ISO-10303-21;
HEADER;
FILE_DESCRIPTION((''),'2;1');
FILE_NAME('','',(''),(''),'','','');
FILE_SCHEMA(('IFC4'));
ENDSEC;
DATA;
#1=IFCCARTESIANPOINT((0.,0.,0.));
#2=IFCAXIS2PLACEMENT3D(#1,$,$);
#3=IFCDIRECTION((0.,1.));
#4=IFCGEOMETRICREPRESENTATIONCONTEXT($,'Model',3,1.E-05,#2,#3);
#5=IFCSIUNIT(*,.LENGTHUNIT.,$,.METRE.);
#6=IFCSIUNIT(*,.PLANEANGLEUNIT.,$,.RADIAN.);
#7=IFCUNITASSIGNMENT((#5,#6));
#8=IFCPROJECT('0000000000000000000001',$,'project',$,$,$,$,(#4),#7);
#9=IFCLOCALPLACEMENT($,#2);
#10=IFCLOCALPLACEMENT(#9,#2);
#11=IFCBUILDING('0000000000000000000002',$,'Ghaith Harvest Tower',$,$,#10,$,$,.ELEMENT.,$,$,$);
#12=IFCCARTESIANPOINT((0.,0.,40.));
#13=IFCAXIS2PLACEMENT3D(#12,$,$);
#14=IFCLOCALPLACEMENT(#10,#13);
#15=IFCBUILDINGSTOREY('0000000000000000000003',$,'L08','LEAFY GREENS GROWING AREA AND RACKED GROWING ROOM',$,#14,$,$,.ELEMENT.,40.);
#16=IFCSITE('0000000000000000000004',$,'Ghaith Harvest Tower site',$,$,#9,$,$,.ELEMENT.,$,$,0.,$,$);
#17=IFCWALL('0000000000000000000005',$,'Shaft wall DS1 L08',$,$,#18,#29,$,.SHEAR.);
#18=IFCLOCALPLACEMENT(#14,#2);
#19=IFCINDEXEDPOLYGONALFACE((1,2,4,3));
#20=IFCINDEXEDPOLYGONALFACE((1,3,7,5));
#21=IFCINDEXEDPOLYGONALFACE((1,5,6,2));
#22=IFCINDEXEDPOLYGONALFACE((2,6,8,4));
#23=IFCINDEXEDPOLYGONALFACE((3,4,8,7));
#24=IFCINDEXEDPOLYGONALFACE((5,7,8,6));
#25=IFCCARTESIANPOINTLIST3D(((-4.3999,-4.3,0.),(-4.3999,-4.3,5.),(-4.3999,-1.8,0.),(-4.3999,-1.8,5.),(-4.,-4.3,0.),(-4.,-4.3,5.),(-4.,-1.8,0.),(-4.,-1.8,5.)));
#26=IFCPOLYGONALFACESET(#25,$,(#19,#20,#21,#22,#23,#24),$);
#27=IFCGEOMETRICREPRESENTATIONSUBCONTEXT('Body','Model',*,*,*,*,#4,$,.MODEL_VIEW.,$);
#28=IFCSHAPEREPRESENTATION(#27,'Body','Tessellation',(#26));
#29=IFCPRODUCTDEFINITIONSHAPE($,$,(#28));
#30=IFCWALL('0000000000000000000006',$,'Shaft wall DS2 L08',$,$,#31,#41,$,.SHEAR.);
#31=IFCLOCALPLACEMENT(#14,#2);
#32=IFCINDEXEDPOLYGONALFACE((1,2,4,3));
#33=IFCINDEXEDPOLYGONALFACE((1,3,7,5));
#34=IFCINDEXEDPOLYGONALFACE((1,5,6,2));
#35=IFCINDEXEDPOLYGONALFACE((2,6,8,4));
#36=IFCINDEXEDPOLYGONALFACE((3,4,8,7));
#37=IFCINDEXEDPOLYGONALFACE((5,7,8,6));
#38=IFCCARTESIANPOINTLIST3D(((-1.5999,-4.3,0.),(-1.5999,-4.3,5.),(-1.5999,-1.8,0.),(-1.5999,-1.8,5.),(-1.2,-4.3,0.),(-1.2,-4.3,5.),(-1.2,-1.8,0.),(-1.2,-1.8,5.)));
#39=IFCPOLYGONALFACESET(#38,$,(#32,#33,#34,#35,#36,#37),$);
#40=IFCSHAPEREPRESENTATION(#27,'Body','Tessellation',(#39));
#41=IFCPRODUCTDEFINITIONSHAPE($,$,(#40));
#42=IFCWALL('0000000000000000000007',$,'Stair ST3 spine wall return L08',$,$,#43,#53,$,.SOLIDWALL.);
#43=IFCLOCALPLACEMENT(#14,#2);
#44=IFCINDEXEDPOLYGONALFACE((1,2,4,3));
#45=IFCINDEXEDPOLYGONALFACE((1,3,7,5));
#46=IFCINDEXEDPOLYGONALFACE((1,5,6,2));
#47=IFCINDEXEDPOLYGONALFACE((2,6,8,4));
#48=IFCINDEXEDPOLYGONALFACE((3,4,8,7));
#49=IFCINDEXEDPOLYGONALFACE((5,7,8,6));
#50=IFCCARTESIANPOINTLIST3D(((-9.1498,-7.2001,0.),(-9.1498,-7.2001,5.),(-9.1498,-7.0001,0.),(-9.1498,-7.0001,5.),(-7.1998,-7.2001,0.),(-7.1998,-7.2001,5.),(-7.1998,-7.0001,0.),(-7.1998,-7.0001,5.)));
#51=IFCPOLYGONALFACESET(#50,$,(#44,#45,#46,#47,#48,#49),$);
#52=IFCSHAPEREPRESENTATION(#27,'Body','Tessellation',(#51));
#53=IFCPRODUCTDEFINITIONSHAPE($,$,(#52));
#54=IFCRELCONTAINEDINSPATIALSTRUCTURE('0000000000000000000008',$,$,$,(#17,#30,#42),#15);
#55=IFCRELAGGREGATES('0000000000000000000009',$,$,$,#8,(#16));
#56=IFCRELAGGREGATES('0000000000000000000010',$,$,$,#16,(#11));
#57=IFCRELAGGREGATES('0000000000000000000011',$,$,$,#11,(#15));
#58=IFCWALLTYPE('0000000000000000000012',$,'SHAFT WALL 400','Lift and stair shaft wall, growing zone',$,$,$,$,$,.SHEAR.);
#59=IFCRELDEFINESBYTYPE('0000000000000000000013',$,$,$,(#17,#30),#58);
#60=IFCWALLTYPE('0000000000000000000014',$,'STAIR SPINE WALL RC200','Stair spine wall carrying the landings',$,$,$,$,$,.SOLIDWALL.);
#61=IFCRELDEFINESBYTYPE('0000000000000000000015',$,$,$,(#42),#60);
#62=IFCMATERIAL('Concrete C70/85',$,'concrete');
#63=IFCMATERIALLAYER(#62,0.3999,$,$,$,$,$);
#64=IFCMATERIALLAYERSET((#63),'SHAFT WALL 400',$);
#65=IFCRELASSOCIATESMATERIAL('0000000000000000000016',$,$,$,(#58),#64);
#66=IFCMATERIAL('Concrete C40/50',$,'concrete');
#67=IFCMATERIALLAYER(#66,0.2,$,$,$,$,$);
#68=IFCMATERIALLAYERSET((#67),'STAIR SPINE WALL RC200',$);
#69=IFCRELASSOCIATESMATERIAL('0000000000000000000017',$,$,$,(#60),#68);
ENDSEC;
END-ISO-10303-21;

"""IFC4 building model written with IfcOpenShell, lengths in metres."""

from ifc_helpers import new_model, si_unit, direction, frame, frame_2d, origin, place, context, subcontext, project, spatial, rectangle, extrude, material, layer, layer_set, type_object, element, save


model = new_model("IFC4")

# Units and contexts
model_context = context("Model", 3, precision=1e-05, world=origin(), true_north=direction((0.0, 1.0)))
body_context = subcontext(model_context, "Body", "Model", "MODEL_VIEW")
ifc_project = project(units=[si_unit("LENGTHUNIT", "METRE"), si_unit("PLANEANGLEUNIT", "RADIAN")], contexts=[model_context])

# Site, building, storey
site_placement = place(None, origin())
site = spatial("IfcSite", under=ifc_project, at=site_placement, Name="Ghaith Harvest Tower site", CompositionType="ELEMENT", RefElevation=0.0)
building_placement = place(site_placement, origin())
building = spatial("IfcBuilding", under=site, at=building_placement, Name="Ghaith Harvest Tower", CompositionType="ELEMENT")
storey_placement = place(building_placement, frame((0.0, 0.0, 40.0)))
storey = spatial("IfcBuildingStorey", under=building, at=storey_placement, Name="L08", Description="LEAFY GREENS GROWING AREA AND RACKED GROWING ROOM", CompositionType="ELEMENT", Elevation=40.0)

# Shared definitions
ifc_material_1 = material(Name="Concrete C70/85", Category="concrete")
ifc_layer_1 = layer(ifc_material_1, 0.3999)
ifc_layer_set_1 = layer_set([ifc_layer_1], Name="SHAFT WALL 400")
wall_type_1 = type_object("IfcWallType", Name="SHAFT WALL 400", Description="Lift and stair shaft wall, growing zone", PredefinedType="SHEAR", material=ifc_layer_set_1)

# Walls
for number, where, z_axis, x_axis, name in (
    (1, (-4.2, -4.3, 0.0), (0.0, 0.0, 1.0), (0.0, 1.0, 0.0), "Shaft wall DS1 L08"),
    (2, (-1.3999, -4.3, 0.0), (0.0, 0.0, 1.0), (0.0, 1.0, 0.0), "Shaft wall DS2 L08"),
):
    element("IfcWall", number, at=place(storey_placement, frame(where, z_axis=z_axis, x_axis=x_axis)), inside=storey, type_object=wall_type_1, Name=name, PredefinedType="SHEAR", context=body_context, shape_type="SweptSolid", body=[
        extrude(rectangle(XDim=2.5, YDim=0.3999, at=frame_2d((1.25, 0.0))), origin(), (0.0, 0.0, 1.0), 5.0),
    ])
ifc_material_2 = material(Name="Concrete C40/50", Category="concrete")
ifc_layer_2 = layer(ifc_material_2, 0.2)
ifc_layer_set_2 = layer_set([ifc_layer_2], Name="STAIR SPINE WALL RC200")
wall_type_2 = type_object("IfcWallType", Name="STAIR SPINE WALL RC200", Description="Stair spine wall carrying the landings", PredefinedType="SOLIDWALL", material=ifc_layer_set_2)
wall_1_placement = place(storey_placement, frame((-9.1499, -7.1001, 0.0), z_axis=(0.0, 0.0, 1.0), x_axis=(1.0, 0.0, 0.0)))
element("IfcWall", 3, at=wall_1_placement, inside=storey, type_object=wall_type_2, Name="Stair ST3 spine wall return L08", PredefinedType="SOLIDWALL", context=body_context, shape_type="SweptSolid", body=[
    extrude(rectangle(XDim=1.95, YDim=0.2, at=frame_2d((0.9751, 0.0))), origin(), (0.0, 0.0, 1.0), 5.0),
])

save(model, "model.ifc")
